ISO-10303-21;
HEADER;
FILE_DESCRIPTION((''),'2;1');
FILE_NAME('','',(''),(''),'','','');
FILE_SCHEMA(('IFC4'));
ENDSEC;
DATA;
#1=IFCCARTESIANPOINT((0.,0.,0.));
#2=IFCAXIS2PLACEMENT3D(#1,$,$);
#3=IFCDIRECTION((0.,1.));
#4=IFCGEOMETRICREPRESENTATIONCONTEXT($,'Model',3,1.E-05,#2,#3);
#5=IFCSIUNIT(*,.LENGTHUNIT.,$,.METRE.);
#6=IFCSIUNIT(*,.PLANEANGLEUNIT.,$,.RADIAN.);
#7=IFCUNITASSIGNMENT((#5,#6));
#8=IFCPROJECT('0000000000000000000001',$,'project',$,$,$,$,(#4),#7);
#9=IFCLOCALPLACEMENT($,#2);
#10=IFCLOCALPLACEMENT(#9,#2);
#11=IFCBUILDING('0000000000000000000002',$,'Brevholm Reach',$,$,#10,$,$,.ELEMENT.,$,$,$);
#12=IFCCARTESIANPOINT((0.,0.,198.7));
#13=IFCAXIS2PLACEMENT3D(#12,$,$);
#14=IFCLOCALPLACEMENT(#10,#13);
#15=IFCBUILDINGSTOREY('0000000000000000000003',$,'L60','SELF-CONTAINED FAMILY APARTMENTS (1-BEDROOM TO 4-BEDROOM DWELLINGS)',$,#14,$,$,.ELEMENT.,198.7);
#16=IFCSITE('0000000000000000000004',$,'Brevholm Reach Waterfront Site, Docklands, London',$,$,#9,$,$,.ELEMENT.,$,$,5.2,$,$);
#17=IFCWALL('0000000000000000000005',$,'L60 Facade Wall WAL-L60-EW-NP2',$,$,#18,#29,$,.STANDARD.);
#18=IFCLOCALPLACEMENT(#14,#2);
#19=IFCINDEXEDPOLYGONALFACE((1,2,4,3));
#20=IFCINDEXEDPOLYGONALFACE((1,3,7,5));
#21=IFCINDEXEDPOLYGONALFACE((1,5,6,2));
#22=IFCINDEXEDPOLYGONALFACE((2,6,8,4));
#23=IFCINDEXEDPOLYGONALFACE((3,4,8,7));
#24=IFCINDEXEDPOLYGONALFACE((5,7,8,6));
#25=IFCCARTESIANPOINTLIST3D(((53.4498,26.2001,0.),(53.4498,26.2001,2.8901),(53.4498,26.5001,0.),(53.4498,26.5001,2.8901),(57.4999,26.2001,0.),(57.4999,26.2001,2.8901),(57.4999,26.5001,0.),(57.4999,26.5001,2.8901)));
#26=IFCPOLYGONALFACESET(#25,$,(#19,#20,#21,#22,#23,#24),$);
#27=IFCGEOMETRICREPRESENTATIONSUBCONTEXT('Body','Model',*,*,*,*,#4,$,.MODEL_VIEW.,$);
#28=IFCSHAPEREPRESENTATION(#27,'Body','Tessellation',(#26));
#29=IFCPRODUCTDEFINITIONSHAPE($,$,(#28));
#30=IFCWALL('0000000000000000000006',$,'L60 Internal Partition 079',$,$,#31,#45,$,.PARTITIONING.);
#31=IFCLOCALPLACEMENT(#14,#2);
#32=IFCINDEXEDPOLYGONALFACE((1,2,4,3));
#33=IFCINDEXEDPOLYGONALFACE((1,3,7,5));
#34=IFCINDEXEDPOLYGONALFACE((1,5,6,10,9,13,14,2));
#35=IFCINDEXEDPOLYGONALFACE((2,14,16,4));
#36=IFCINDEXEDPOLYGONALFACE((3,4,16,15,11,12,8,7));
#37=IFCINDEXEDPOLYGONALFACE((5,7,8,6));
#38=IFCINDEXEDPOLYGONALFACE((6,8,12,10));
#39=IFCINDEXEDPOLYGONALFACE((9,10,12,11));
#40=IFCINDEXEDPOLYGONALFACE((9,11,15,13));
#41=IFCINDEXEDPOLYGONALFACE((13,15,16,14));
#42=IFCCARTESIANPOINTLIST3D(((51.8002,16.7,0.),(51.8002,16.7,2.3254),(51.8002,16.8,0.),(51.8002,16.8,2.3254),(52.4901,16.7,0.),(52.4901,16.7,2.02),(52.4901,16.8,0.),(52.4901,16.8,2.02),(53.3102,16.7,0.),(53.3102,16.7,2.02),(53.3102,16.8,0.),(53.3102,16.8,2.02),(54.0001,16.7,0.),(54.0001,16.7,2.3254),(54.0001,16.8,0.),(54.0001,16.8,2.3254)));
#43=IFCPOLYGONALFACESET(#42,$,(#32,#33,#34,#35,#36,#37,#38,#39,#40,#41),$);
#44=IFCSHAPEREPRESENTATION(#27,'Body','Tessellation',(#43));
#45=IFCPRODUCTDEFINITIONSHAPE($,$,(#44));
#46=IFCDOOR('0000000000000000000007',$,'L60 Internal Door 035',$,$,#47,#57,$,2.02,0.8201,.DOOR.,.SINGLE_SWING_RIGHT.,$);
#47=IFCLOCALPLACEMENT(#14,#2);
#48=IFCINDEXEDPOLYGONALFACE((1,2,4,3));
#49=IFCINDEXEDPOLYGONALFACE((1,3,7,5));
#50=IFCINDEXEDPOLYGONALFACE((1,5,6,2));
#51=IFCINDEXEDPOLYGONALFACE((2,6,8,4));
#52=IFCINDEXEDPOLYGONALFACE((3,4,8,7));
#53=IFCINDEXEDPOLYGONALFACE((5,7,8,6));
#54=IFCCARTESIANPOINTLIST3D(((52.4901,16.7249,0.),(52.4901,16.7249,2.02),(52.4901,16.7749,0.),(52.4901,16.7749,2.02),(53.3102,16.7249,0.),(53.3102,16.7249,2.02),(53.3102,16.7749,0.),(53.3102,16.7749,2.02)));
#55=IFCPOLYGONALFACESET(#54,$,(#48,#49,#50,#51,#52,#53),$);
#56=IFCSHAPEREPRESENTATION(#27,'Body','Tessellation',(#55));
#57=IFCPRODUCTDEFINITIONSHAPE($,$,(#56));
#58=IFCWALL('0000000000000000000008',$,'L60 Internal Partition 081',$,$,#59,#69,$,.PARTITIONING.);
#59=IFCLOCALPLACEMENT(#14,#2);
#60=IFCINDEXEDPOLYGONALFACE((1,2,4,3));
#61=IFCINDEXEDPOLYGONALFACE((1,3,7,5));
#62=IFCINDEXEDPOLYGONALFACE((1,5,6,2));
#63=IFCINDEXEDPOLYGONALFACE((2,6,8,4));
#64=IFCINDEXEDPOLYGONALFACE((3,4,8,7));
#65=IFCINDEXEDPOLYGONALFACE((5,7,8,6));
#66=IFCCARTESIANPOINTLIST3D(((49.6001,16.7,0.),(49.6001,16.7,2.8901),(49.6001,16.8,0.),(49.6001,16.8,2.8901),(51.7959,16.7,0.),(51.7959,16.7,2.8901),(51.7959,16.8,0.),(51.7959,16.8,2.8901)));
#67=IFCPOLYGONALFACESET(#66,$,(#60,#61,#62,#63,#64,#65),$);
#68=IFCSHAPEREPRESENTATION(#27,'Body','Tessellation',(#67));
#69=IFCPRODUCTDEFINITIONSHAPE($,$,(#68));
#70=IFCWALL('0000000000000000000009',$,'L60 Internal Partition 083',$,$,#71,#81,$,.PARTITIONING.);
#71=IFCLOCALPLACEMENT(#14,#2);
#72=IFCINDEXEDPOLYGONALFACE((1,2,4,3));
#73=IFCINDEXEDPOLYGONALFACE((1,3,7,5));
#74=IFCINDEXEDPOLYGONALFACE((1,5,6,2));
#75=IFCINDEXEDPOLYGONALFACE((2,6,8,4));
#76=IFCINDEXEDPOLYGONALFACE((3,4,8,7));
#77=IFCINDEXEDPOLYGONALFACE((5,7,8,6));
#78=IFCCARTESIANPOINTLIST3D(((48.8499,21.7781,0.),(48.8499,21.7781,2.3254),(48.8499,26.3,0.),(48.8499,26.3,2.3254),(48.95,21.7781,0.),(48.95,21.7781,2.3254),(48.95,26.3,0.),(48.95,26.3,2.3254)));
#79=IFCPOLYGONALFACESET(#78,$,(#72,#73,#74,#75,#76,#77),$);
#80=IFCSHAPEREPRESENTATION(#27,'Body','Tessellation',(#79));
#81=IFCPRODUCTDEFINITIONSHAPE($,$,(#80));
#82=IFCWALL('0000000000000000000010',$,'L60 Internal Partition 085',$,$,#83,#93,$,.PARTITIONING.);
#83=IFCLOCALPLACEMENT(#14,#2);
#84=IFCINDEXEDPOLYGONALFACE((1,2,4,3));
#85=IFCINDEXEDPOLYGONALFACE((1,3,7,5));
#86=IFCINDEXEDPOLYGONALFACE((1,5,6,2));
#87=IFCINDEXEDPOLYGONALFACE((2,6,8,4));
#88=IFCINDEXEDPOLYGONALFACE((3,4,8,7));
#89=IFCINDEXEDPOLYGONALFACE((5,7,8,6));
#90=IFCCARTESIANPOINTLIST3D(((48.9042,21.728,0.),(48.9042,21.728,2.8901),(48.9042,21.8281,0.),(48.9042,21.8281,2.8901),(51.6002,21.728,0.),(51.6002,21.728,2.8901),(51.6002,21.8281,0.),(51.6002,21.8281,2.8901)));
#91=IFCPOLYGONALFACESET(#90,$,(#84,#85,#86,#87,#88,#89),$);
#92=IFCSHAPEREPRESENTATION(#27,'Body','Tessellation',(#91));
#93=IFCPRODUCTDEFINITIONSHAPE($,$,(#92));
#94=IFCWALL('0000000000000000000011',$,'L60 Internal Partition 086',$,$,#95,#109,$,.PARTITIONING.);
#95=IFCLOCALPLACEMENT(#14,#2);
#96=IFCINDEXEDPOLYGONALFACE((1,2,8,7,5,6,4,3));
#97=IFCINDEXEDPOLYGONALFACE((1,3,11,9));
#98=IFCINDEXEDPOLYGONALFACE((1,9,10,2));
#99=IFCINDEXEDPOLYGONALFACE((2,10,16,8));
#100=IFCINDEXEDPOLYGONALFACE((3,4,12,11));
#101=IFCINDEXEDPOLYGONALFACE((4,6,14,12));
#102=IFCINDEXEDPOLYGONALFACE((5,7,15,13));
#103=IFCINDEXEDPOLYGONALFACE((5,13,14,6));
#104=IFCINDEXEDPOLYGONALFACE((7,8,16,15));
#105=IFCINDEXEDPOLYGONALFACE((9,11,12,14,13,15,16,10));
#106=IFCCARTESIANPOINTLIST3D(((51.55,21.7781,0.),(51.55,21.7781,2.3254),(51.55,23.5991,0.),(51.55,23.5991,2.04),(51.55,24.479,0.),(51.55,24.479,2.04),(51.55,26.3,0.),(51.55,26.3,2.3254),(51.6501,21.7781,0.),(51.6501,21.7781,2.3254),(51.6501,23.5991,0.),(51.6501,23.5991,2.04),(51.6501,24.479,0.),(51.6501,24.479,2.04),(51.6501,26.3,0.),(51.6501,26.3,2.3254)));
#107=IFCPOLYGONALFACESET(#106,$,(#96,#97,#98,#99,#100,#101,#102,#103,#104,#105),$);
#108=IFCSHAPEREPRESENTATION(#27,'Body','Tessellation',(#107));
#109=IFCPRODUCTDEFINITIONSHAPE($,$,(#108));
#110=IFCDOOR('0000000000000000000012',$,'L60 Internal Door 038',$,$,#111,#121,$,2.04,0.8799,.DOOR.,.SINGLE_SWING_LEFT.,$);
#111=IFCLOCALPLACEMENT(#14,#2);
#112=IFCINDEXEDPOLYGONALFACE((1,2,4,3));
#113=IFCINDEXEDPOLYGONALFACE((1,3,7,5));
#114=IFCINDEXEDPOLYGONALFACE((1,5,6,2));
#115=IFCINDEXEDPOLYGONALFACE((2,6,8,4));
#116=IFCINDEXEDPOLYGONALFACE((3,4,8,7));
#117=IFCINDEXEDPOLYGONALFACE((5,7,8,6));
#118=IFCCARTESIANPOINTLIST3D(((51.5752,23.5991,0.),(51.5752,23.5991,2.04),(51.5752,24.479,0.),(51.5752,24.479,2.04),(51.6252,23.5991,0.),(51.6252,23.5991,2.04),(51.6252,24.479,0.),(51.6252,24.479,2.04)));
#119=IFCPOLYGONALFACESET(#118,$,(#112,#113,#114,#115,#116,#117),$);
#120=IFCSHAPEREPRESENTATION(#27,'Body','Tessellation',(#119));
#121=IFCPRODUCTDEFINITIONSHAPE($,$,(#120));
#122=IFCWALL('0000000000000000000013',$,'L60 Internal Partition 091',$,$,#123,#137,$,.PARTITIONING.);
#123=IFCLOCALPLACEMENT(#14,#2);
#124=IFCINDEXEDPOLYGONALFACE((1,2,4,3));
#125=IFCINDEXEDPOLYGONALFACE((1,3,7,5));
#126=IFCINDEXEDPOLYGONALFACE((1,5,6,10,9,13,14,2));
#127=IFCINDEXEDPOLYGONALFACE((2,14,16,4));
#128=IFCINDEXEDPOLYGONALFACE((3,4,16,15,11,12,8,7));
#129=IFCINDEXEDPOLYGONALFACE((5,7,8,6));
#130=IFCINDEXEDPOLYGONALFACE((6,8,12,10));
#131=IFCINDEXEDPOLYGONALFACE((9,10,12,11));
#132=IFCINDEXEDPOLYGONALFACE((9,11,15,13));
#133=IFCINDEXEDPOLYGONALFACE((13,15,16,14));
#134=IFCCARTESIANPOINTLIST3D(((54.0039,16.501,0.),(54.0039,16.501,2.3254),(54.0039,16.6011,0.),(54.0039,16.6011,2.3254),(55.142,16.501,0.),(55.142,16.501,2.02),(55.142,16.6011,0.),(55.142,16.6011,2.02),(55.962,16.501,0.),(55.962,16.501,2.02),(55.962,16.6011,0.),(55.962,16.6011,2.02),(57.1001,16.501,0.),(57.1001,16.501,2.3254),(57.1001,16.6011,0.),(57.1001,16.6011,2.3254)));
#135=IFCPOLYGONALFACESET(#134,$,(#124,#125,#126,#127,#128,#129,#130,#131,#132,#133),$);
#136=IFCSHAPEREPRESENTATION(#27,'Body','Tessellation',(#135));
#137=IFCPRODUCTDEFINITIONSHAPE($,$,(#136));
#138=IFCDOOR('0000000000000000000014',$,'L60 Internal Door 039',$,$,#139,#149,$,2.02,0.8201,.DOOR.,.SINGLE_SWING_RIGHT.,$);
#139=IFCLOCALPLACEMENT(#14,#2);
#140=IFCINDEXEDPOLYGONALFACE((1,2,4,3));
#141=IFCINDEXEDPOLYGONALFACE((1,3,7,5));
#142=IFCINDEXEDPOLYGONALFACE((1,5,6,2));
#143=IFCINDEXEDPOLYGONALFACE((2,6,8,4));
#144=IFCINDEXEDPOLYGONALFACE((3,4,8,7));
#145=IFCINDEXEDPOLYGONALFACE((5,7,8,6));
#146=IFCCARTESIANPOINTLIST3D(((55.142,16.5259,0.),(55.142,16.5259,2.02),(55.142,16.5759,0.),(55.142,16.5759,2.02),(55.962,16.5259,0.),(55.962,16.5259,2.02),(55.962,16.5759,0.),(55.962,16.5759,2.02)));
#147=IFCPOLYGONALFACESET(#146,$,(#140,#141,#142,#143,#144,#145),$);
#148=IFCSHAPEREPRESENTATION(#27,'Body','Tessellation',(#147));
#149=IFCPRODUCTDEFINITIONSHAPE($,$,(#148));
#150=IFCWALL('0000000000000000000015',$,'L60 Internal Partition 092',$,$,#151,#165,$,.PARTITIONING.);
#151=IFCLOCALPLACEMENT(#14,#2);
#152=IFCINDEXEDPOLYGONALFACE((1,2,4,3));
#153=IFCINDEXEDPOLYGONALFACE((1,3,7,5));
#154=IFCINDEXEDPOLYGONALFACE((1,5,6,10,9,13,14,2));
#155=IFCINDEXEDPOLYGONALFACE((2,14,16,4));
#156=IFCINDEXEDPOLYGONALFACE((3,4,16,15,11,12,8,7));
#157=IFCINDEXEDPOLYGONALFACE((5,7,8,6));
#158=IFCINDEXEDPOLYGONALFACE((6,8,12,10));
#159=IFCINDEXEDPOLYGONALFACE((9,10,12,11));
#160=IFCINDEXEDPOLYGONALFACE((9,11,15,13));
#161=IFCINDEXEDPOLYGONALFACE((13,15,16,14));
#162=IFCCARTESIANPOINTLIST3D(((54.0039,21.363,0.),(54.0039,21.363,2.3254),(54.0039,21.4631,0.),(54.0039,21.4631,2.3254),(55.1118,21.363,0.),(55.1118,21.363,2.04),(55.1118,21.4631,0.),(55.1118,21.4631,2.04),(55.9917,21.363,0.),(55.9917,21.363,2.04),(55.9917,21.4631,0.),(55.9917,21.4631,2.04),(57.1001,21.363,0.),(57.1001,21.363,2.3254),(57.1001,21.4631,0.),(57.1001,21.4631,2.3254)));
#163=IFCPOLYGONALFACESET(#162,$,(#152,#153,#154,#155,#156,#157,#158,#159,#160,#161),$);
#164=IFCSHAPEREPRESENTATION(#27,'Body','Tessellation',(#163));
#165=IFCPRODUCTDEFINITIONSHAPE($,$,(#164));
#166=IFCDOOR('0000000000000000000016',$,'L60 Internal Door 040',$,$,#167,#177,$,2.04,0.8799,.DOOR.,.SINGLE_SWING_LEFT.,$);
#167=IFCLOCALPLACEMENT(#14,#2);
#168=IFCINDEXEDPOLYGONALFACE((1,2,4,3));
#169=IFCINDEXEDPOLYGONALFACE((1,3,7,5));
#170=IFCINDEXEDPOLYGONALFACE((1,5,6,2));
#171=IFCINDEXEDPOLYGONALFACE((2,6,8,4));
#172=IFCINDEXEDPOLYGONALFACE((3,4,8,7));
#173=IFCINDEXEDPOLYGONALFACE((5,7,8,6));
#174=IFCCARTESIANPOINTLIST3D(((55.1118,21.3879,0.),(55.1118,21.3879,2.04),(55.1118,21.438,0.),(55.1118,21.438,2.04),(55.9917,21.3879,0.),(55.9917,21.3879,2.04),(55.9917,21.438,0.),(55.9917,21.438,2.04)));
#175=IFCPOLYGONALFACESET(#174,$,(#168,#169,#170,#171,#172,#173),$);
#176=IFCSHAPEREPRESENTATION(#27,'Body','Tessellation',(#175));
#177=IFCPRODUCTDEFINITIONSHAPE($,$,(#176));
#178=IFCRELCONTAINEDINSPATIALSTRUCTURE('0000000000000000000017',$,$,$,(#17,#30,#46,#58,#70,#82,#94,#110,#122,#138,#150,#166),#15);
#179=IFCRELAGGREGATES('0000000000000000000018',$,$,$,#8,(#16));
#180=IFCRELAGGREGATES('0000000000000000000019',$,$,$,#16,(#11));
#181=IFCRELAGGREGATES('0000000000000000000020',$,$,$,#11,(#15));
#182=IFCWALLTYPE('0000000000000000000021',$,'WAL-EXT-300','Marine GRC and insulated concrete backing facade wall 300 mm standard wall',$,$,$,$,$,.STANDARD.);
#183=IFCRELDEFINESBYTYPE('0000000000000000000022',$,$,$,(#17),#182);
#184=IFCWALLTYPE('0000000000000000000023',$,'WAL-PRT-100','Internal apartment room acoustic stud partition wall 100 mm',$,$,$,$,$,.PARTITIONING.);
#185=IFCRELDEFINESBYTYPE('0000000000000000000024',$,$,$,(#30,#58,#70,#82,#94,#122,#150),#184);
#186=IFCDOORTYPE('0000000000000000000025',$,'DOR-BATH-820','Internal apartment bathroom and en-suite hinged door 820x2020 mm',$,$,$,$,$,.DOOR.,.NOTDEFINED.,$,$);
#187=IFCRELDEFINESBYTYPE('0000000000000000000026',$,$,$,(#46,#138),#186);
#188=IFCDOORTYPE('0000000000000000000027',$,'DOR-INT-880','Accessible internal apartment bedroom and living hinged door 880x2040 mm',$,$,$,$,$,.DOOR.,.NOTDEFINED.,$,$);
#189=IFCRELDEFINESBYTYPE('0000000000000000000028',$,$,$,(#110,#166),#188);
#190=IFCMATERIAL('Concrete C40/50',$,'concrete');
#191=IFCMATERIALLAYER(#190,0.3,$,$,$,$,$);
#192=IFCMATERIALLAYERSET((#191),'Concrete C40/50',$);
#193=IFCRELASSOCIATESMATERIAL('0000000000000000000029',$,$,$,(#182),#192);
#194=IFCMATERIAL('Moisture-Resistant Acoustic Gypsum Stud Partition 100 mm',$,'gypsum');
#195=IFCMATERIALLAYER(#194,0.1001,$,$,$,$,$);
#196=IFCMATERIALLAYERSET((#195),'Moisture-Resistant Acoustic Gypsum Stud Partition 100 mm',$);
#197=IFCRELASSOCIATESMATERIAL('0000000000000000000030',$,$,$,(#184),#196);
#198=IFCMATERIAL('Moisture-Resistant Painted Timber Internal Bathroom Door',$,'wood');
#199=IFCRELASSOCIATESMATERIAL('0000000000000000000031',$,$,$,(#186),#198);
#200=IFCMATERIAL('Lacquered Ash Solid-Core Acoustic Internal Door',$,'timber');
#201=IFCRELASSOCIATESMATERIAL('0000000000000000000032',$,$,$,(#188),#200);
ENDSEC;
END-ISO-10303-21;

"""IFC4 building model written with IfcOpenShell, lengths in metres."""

from ifc_helpers import new_model, si_unit, direction, frame, frame_2d, origin, place, context, subcontext, project, spatial, rectangle, extrude, material, layer, layer_set, type_object, element, fill, save


model = new_model("IFC4")

# Units and contexts
model_context = context("Model", 3, precision=1e-05, world=origin(), true_north=direction((0.0, 1.0)))
body_context = subcontext(model_context, "Body", "Model", "MODEL_VIEW")
ifc_project = project(units=[si_unit("LENGTHUNIT", "METRE"), si_unit("PLANEANGLEUNIT", "RADIAN")], contexts=[model_context])

# Site, building, storey
site_placement = place(None, origin())
site = spatial("IfcSite", under=ifc_project, at=site_placement, Name="Brevholm Reach Waterfront Site, Docklands, London", CompositionType="ELEMENT", RefElevation=5.2)
building_placement = place(site_placement, origin())
building = spatial("IfcBuilding", under=site, at=building_placement, Name="Brevholm Reach", CompositionType="ELEMENT")
storey_placement = place(building_placement, frame((0.0, 0.0, 198.7)))
storey = spatial("IfcBuildingStorey", under=building, at=storey_placement, Name="L60", Description="SELF-CONTAINED FAMILY APARTMENTS (1-BEDROOM TO 4-BEDROOM DWELLINGS)", CompositionType="ELEMENT", Elevation=198.7)

# Wall
ifc_material_1 = material(Name="Concrete C40/50", Category="concrete")
ifc_layer_1 = layer(ifc_material_1, 0.3)
ifc_layer_set_1 = layer_set([ifc_layer_1], Name="Concrete C40/50")
wall_type_1 = type_object("IfcWallType", Name="WAL-EXT-300", Description="Marine GRC and insulated concrete backing facade wall 300 mm standard wall", PredefinedType="STANDARD", material=ifc_layer_set_1)
wall_1_placement = place(storey_placement, frame((53.45, 26.3501, 0.0), z_axis=(0.0, 0.0, 1.0), x_axis=(1.0, 0.0, 0.0)))
element("IfcWall", 1, at=wall_1_placement, inside=storey, type_object=wall_type_1, Name="L60 Facade Wall WAL-L60-EW-NP2", PredefinedType="STANDARD", context=body_context, shape_type="SweptSolid", body=[
    extrude(rectangle(XDim=4.05, YDim=0.3, at=frame_2d((2.0249, 0.0))), origin(), (0.0, 0.0, 1.0), 2.8901),
])

# Wall, opening, door
ifc_material_2 = material(Name="Moisture-Resistant Acoustic Gypsum Stud Partition 100 mm", Category="gypsum")
ifc_layer_2 = layer(ifc_material_2, 0.1001)
ifc_layer_set_2 = layer_set([ifc_layer_2], Name="Moisture-Resistant Acoustic Gypsum Stud Partition 100 mm")
wall_type_2 = type_object("IfcWallType", Name="WAL-PRT-100", Description="Internal apartment room acoustic stud partition wall 100 mm", PredefinedType="PARTITIONING", material=ifc_layer_set_2)
wall_2_placement = place(storey_placement, frame((51.8, 16.75, 0.0), z_axis=(0.0, 0.0, 1.0), x_axis=(1.0, 0.0, 0.0)))
wall_2 = element("IfcWall", 2, at=wall_2_placement, inside=storey, type_object=wall_type_2, Name="L60 Internal Partition 079", PredefinedType="PARTITIONING", context=body_context, shape_type="SweptSolid", body=[
    extrude(rectangle(XDim=2.2, YDim=0.1001, at=frame_2d((1.1001, 0.0))), origin(), (0.0, 0.0, 1.0), 2.3254),
])
opening_1_placement = place(wall_2_placement, frame((0.6899, 0.0, 0.0)))
opening_1 = element("IfcOpeningElement", 3, at=opening_1_placement, cuts=wall_2, PredefinedType="OPENING", context=body_context, shape_type="SweptSolid", body=[
    extrude(rectangle(XDim=0.8201, YDim=2.02, at=frame_2d((0.4102, 1.01))), frame((0.0, 0.0601, 0.0), z_axis=(0.0, -1.0, 0.0), x_axis=(1.0, 0.0, 0.0)), (0.0, 0.0, 1.0), 0.1201),
])
ifc_material_3 = material(Name="Moisture-Resistant Painted Timber Internal Bathroom Door", Category="wood")
door_type_1 = type_object("IfcDoorType", Name="DOR-BATH-820", Description="Internal apartment bathroom and en-suite hinged door 820x2020 mm", OperationType="NOTDEFINED", PredefinedType="DOOR", material=ifc_material_3)
door_1_placement = place(opening_1_placement, origin())
door_1 = element("IfcDoor", 4, at=door_1_placement, inside=storey, type_object=door_type_1, Name="L60 Internal Door 035", OperationType="SINGLE_SWING_RIGHT", OverallHeight=2.02, OverallWidth=0.8201, PredefinedType="DOOR", context=body_context, shape_type="SweptSolid", body=[
    extrude(rectangle(XDim=0.8201, YDim=2.02, at=frame_2d((0.4102, 1.01))), frame((0.0, 0.0249, 0.0), z_axis=(0.0, -1.0, 0.0), x_axis=(1.0, 0.0, 0.0)), (0.0, 0.0, 1.0), 0.05),
])
fill(opening_1, door_1)

# Walls
wall_3_placement = place(storey_placement, frame((49.6001, 16.75, 0.0), z_axis=(0.0, 0.0, 1.0), x_axis=(1.0, 0.0, 0.0)))
element("IfcWall", 5, at=wall_3_placement, inside=storey, type_object=wall_type_2, Name="L60 Internal Partition 081", PredefinedType="PARTITIONING", context=body_context, shape_type="SweptSolid", body=[
    extrude(rectangle(XDim=2.1958, YDim=0.1001, at=frame_2d((1.0979, 0.0))), origin(), (0.0, 0.0, 1.0), 2.8901),
])
wall_4_placement = place(storey_placement, frame((48.8999, 21.7781, 0.0), z_axis=(0.0, 0.0, 1.0), x_axis=(0.0, 1.0, 0.0)))
element("IfcWall", 6, at=wall_4_placement, inside=storey, type_object=wall_type_2, Name="L60 Internal Partition 083", PredefinedType="PARTITIONING", context=body_context, shape_type="SweptSolid", body=[
    extrude(rectangle(XDim=4.522, YDim=0.1001, at=frame_2d((2.261, 0.0))), origin(), (0.0, 0.0, 1.0), 2.3254),
])
wall_5_placement = place(storey_placement, frame((48.9041, 21.7781, 0.0), z_axis=(0.0, 0.0, 1.0), x_axis=(1.0, 0.0, 0.0)))
element("IfcWall", 7, at=wall_5_placement, inside=storey, type_object=wall_type_2, Name="L60 Internal Partition 085", PredefinedType="PARTITIONING", context=body_context, shape_type="SweptSolid", body=[
    extrude(rectangle(XDim=2.696, YDim=0.1001, at=frame_2d((1.3481, 0.0))), origin(), (0.0, 0.0, 1.0), 2.8901),
])

# Walls, openings, doors
wall_6_placement = place(storey_placement, frame((51.6001, 21.7781, 0.0), z_axis=(0.0, 0.0, 1.0), x_axis=(0.0, 1.0, 0.0)))
wall_6 = element("IfcWall", 8, at=wall_6_placement, inside=storey, type_object=wall_type_2, Name="L60 Internal Partition 086", PredefinedType="PARTITIONING", context=body_context, shape_type="SweptSolid", body=[
    extrude(rectangle(XDim=4.522, YDim=0.1001, at=frame_2d((2.261, 0.0))), origin(), (0.0, 0.0, 1.0), 2.3254),
])
opening_2_placement = place(wall_6_placement, frame((1.821, 0.0, 0.0)))
opening_2 = element("IfcOpeningElement", 9, at=opening_2_placement, cuts=wall_6, PredefinedType="OPENING", context=body_context, shape_type="SweptSolid", body=[
    extrude(rectangle(XDim=0.8799, YDim=2.04, at=frame_2d((0.4399, 1.02))), frame((0.0, 0.0601, 0.0), z_axis=(0.0, -1.0, 0.0), x_axis=(1.0, 0.0, 0.0)), (0.0, 0.0, 1.0), 0.1201),
])
ifc_material_4 = material(Name="Lacquered Ash Solid-Core Acoustic Internal Door", Category="timber")
door_type_2 = type_object("IfcDoorType", Name="DOR-INT-880", Description="Accessible internal apartment bedroom and living hinged door 880x2040 mm", OperationType="NOTDEFINED", PredefinedType="DOOR", material=ifc_material_4)
door_2_placement = place(opening_2_placement, origin())
door_2 = element("IfcDoor", 10, at=door_2_placement, inside=storey, type_object=door_type_2, Name="L60 Internal Door 038", OperationType="SINGLE_SWING_LEFT", OverallHeight=2.04, OverallWidth=0.8799, PredefinedType="DOOR", context=body_context, shape_type="SweptSolid", body=[
    extrude(rectangle(XDim=0.8799, YDim=2.04, at=frame_2d((0.4399, 1.02))), frame((0.0, 0.0249, 0.0), z_axis=(0.0, -1.0, 0.0), x_axis=(1.0, 0.0, 0.0)), (0.0, 0.0, 1.0), 0.05),
])
fill(opening_2, door_2)
wall_7_placement = place(storey_placement, frame((54.0039, 16.551, 0.0), z_axis=(0.0, 0.0, 1.0), x_axis=(1.0, 0.0, 0.0)))
wall_7 = element("IfcWall", 11, at=wall_7_placement, inside=storey, type_object=wall_type_2, Name="L60 Internal Partition 091", PredefinedType="PARTITIONING", context=body_context, shape_type="SweptSolid", body=[
    extrude(rectangle(XDim=3.0962, YDim=0.1001, at=frame_2d((1.5481, 0.0))), origin(), (0.0, 0.0, 1.0), 2.3254),
])
opening_3_placement = place(wall_7_placement, frame((1.1379, 0.0, 0.0)))
opening_3 = element("IfcOpeningElement", 12, at=opening_3_placement, cuts=wall_7, PredefinedType="OPENING", context=body_context, shape_type="SweptSolid", body=[
    extrude(rectangle(XDim=0.8201, YDim=2.02, at=frame_2d((0.4102, 1.01))), frame((0.0, 0.0601, 0.0), z_axis=(0.0, -1.0, 0.0), x_axis=(1.0, 0.0, 0.0)), (0.0, 0.0, 1.0), 0.1201),
])
door_3_placement = place(opening_3_placement, origin())
door_3 = element("IfcDoor", 13, at=door_3_placement, inside=storey, type_object=door_type_1, Name="L60 Internal Door 039", OperationType="SINGLE_SWING_RIGHT", OverallHeight=2.02, OverallWidth=0.8201, PredefinedType="DOOR", context=body_context, shape_type="SweptSolid", body=[
    extrude(rectangle(XDim=0.8201, YDim=2.02, at=frame_2d((0.4102, 1.01))), frame((0.0, 0.0249, 0.0), z_axis=(0.0, -1.0, 0.0), x_axis=(1.0, 0.0, 0.0)), (0.0, 0.0, 1.0), 0.05),
])
fill(opening_3, door_3)
wall_8_placement = place(storey_placement, frame((54.0039, 21.4131, 0.0), z_axis=(0.0, 0.0, 1.0), x_axis=(1.0, 0.0, 0.0)))
wall_8 = element("IfcWall", 14, at=wall_8_placement, inside=storey, type_object=wall_type_2, Name="L60 Internal Partition 092", PredefinedType="PARTITIONING", context=body_context, shape_type="SweptSolid", body=[
    extrude(rectangle(XDim=3.0962, YDim=0.1001, at=frame_2d((1.5481, 0.0))), origin(), (0.0, 0.0, 1.0), 2.3254),
])
opening_4_placement = place(wall_8_placement, frame((1.1079, 0.0, 0.0)))
opening_4 = element("IfcOpeningElement", 15, at=opening_4_placement, cuts=wall_8, PredefinedType="OPENING", context=body_context, shape_type="SweptSolid", body=[
    extrude(rectangle(XDim=0.8799, YDim=2.04, at=frame_2d((0.4399, 1.02))), frame((0.0, 0.0601, 0.0), z_axis=(0.0, -1.0, 0.0), x_axis=(1.0, 0.0, 0.0)), (0.0, 0.0, 1.0), 0.1201),
])
door_4_placement = place(opening_4_placement, origin())
door_4 = element("IfcDoor", 16, at=door_4_placement, inside=storey, type_object=door_type_2, Name="L60 Internal Door 040", OperationType="SINGLE_SWING_LEFT", OverallHeight=2.04, OverallWidth=0.8799, PredefinedType="DOOR", context=body_context, shape_type="SweptSolid", body=[
    extrude(rectangle(XDim=0.8799, YDim=2.04, at=frame_2d((0.4399, 1.02))), frame((0.0, 0.0249, 0.0), z_axis=(0.0, -1.0, 0.0), x_axis=(1.0, 0.0, 0.0)), (0.0, 0.0, 1.0), 0.05),
])
fill(opening_4, door_4)

save(model, "model.ifc")
